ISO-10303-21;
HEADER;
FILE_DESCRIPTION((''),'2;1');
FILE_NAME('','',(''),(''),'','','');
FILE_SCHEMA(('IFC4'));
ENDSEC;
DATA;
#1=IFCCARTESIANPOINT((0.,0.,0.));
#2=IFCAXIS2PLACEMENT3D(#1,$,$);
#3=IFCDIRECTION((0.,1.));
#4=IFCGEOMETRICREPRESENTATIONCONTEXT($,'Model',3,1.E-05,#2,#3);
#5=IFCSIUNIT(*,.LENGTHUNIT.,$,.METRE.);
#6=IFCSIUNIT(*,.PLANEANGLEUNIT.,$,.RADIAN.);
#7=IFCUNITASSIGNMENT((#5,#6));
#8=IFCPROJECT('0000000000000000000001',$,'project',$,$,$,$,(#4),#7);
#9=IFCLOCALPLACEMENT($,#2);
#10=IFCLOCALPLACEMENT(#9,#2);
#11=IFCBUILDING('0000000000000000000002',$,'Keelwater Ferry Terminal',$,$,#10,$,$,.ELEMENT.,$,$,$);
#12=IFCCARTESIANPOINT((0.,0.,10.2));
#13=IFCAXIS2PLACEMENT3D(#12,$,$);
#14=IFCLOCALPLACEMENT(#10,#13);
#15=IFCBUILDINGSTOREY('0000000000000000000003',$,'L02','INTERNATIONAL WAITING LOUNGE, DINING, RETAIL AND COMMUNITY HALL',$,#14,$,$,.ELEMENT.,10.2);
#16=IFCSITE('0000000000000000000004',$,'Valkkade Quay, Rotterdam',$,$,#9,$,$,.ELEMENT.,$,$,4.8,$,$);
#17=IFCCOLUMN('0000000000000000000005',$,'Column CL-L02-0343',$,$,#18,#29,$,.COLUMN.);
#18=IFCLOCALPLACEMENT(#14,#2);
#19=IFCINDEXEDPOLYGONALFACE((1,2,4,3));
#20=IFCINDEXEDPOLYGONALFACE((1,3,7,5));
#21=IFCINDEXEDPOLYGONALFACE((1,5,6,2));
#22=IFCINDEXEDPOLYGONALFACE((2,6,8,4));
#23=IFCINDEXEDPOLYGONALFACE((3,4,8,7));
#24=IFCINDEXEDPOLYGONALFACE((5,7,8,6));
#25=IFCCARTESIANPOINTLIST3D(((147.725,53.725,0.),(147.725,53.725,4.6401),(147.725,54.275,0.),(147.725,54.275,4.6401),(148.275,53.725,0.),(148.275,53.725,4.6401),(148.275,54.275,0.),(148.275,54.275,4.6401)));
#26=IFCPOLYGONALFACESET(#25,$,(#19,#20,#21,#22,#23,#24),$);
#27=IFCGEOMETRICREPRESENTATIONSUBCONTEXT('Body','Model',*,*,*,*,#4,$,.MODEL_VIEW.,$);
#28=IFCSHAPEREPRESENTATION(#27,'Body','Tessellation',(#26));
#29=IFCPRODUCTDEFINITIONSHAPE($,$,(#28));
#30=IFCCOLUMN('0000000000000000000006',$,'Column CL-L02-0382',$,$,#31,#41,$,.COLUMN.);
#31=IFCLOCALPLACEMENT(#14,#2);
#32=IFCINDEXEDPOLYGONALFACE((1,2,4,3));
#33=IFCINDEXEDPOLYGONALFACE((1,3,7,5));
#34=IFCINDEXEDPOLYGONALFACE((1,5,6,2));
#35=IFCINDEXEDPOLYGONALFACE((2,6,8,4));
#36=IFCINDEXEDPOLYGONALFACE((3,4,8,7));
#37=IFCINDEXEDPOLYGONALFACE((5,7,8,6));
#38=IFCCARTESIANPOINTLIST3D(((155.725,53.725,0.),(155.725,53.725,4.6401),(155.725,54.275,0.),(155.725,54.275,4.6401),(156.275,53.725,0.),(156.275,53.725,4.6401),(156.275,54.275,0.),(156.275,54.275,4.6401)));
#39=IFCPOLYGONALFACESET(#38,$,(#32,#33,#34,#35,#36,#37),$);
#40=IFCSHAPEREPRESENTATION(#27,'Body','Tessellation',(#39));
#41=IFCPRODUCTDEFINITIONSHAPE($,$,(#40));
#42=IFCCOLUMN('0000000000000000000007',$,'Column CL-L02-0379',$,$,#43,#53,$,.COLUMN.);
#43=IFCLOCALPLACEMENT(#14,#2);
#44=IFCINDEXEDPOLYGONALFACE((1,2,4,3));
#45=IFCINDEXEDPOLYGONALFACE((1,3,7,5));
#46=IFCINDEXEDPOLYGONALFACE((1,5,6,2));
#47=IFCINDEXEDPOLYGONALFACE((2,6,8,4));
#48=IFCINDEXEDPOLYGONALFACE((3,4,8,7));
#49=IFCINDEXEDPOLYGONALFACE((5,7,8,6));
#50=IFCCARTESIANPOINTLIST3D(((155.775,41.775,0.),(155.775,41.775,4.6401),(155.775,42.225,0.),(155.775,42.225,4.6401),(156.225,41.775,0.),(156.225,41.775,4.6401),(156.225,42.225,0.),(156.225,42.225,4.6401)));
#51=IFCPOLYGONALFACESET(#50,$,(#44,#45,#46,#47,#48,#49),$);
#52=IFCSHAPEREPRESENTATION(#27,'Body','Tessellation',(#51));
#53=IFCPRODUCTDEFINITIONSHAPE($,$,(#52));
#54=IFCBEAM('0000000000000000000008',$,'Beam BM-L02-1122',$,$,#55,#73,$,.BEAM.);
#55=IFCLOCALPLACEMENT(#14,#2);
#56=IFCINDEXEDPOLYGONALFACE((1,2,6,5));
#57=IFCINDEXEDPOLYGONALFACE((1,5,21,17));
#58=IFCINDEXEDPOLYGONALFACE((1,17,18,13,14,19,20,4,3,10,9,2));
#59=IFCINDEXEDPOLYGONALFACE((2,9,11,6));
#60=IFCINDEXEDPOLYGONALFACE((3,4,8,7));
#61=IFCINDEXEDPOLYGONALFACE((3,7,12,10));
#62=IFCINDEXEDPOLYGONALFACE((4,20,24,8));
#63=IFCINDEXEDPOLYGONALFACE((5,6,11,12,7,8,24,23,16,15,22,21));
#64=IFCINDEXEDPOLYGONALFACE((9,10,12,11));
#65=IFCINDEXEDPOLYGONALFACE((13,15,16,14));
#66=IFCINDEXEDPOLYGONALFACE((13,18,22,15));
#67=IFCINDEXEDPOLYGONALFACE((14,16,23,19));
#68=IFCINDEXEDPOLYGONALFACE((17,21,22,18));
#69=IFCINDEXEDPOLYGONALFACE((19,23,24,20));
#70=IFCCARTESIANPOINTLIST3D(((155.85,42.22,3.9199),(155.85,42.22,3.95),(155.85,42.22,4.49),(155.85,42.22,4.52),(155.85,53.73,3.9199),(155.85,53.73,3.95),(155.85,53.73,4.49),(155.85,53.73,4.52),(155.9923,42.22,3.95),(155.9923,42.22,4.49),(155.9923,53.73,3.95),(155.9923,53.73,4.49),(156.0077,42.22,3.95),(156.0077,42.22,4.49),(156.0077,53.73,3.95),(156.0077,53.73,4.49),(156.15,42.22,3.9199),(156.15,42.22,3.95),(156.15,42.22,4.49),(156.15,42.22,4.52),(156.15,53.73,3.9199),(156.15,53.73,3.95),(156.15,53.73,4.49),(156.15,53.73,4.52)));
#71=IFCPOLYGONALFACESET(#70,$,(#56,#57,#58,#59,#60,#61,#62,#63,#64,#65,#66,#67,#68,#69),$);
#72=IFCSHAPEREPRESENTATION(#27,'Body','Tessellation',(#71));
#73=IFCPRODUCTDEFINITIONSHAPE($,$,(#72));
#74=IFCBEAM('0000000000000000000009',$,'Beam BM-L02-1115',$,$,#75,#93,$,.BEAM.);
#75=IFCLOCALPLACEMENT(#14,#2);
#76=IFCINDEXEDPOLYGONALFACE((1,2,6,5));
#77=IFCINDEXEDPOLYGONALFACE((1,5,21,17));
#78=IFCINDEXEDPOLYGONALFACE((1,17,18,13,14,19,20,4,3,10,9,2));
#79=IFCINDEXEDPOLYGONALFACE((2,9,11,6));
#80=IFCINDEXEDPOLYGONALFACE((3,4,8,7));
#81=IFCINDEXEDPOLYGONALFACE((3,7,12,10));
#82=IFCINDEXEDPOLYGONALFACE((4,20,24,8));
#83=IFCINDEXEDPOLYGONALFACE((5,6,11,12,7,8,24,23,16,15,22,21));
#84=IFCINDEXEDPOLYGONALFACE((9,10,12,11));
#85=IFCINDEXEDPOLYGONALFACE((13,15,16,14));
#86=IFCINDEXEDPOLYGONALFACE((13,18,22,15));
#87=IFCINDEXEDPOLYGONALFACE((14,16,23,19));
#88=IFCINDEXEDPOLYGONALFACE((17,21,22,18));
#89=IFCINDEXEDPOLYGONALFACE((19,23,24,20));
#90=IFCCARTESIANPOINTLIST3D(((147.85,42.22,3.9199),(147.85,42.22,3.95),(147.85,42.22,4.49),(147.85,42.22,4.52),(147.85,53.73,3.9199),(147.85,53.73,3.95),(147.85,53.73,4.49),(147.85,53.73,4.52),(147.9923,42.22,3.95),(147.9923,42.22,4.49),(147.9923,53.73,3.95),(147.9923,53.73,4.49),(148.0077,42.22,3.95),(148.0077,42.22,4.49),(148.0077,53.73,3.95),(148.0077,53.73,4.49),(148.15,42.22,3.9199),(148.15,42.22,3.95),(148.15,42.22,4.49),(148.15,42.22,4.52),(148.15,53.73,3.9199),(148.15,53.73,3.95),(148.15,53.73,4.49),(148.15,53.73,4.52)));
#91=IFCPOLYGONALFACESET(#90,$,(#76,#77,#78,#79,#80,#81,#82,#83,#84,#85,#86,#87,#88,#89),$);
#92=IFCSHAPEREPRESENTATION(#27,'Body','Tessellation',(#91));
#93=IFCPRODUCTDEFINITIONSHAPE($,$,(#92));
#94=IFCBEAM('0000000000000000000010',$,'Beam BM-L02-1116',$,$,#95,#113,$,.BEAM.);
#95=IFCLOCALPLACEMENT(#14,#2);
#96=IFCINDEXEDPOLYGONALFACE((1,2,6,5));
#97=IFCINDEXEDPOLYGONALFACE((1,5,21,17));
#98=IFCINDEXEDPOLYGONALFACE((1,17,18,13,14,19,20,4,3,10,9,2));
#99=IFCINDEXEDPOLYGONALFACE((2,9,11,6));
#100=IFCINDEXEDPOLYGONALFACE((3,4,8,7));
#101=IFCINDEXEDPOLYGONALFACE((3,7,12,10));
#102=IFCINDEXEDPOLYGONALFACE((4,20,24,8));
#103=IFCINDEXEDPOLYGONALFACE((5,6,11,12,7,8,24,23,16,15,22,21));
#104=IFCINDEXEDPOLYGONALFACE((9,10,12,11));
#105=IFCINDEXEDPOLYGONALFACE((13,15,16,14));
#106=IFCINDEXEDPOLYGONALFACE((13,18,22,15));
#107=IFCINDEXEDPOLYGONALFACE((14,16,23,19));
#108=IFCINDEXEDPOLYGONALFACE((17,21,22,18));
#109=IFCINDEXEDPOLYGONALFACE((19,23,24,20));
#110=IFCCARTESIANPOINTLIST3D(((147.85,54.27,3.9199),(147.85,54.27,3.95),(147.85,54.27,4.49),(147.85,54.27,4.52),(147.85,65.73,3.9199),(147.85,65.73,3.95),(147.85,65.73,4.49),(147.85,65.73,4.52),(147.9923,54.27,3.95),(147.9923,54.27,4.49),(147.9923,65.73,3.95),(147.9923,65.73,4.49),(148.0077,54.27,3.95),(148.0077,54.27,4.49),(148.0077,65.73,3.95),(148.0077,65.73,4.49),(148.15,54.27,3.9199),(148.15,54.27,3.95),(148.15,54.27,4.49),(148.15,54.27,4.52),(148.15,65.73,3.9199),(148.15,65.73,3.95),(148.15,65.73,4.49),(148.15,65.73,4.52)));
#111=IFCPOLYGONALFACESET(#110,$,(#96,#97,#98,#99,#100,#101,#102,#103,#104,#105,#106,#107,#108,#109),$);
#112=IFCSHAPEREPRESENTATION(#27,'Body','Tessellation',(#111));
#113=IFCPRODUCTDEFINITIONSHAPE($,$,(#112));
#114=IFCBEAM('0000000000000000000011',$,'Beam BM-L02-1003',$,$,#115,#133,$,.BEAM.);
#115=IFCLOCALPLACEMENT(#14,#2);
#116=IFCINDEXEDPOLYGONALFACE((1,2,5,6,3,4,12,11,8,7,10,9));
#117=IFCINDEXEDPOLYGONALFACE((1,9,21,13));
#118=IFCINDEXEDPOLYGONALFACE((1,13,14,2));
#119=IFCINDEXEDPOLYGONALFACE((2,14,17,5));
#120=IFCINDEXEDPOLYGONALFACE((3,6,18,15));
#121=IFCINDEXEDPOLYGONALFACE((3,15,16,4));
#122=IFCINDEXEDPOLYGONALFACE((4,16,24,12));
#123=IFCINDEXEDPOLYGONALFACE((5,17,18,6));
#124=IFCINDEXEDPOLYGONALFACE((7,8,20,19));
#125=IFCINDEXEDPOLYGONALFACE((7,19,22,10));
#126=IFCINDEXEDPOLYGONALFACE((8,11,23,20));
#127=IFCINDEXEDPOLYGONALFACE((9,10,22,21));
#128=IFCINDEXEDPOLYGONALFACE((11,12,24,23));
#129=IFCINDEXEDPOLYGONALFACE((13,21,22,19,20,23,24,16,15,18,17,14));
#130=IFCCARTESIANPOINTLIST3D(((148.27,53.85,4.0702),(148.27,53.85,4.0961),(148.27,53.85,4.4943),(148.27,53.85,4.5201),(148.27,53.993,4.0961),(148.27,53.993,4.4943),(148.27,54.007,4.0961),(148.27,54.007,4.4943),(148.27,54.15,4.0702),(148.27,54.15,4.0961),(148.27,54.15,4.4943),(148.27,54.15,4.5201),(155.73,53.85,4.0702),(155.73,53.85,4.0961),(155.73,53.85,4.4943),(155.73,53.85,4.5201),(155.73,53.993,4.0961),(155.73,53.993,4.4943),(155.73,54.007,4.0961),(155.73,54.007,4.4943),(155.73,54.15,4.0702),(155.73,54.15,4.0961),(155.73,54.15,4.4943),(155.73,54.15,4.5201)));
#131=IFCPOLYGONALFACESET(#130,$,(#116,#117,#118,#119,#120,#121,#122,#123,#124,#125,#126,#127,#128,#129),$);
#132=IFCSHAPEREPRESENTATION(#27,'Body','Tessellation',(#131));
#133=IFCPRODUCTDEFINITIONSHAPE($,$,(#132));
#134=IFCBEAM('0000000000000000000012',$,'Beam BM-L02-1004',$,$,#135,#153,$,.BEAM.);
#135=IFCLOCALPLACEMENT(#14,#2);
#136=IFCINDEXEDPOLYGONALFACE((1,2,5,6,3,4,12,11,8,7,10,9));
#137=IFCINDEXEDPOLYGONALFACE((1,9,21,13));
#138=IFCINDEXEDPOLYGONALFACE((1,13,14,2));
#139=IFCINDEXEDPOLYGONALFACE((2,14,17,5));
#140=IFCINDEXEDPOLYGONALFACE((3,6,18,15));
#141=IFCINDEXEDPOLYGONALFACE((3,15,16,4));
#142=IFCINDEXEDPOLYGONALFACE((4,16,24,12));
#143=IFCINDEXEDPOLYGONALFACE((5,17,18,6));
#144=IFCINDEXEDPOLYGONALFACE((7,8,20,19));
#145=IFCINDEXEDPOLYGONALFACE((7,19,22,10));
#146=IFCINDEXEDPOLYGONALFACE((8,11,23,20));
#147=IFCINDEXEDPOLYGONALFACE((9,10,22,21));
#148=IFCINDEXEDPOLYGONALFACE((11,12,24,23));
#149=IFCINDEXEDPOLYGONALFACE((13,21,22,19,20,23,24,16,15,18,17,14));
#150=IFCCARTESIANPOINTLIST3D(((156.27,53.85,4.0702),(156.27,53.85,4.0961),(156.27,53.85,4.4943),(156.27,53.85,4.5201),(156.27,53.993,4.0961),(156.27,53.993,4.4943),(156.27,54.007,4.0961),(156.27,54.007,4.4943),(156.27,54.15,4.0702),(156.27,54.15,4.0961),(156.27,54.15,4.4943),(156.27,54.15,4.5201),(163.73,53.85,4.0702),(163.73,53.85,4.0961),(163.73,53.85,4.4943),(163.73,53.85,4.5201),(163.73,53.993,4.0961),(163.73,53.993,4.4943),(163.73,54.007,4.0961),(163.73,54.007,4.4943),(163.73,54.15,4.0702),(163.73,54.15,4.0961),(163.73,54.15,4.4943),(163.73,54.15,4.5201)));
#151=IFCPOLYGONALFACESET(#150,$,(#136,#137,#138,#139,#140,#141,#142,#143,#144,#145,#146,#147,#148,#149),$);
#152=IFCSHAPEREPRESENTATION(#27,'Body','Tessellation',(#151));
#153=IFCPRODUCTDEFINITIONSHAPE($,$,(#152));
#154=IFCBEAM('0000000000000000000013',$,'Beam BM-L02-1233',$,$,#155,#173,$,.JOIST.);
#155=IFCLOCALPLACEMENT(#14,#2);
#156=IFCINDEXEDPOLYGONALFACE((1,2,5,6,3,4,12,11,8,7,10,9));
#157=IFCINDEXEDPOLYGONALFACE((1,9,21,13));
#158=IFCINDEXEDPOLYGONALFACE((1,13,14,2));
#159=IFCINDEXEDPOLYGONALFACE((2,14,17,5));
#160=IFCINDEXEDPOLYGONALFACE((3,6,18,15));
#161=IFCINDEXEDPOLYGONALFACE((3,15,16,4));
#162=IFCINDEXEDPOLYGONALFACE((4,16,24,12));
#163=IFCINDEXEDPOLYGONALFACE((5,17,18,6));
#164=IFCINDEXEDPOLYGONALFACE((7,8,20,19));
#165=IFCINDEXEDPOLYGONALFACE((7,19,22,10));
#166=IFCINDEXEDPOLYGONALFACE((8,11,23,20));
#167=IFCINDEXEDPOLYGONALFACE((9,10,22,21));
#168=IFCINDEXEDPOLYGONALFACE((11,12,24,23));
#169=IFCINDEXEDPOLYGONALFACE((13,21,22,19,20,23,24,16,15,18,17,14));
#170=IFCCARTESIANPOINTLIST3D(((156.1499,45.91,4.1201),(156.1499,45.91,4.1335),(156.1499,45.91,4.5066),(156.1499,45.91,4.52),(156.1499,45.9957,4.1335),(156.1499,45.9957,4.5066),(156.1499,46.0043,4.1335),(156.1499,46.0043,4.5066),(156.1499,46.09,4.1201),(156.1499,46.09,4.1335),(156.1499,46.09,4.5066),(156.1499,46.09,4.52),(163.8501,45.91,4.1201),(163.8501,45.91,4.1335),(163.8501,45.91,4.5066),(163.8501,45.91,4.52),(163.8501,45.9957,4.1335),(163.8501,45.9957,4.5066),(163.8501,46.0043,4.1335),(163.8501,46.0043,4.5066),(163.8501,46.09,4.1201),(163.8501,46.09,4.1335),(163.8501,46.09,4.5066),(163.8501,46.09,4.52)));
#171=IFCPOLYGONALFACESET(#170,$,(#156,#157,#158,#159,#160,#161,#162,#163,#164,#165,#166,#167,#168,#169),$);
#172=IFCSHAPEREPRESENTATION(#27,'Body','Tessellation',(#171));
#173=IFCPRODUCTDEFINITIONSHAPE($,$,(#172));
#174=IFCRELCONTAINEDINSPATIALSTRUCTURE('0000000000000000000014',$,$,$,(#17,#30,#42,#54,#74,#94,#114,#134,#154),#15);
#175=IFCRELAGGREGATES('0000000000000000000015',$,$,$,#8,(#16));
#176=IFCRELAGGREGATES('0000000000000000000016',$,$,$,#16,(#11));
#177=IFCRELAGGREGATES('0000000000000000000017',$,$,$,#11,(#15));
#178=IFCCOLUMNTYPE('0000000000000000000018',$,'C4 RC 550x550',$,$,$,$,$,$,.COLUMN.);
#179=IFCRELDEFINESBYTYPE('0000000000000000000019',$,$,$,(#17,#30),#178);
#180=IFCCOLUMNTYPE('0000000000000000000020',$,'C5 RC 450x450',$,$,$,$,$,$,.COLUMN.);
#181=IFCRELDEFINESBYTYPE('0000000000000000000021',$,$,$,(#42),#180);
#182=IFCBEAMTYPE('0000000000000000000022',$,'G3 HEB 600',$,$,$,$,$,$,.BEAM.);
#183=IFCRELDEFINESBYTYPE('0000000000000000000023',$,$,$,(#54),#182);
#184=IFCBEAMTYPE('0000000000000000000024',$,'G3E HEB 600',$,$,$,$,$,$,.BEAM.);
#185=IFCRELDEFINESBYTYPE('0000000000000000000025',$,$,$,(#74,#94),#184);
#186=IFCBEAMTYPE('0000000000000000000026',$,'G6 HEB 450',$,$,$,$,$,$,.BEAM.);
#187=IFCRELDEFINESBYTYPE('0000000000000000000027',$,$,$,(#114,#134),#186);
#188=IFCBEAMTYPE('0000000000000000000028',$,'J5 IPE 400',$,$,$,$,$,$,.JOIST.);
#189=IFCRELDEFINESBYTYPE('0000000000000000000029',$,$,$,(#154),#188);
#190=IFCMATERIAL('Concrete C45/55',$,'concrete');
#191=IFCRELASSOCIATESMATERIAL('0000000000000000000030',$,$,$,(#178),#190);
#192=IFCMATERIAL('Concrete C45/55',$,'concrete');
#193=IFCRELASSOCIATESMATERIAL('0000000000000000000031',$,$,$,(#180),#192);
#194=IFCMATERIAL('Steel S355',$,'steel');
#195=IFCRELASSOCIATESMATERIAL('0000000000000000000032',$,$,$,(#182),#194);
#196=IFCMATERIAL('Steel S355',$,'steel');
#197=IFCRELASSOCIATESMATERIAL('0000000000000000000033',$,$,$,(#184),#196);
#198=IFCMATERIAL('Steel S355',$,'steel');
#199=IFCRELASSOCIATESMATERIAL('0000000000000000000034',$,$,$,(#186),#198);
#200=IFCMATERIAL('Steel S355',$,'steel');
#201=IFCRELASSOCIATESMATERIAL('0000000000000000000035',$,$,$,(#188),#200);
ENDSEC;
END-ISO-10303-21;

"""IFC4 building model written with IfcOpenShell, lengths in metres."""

from ifc_helpers import new_model, si_unit, direction, frame, origin, origin_2d, place, context, subcontext, project, spatial, rectangle, i_section, extrude, material, material_profile, profile_set, type_object, element, save


model = new_model("IFC4")

# Units and contexts
model_context = context("Model", 3, precision=1e-05, world=origin(), true_north=direction((0.0, 1.0)))
body_context = subcontext(model_context, "Body", "Model", "MODEL_VIEW")
ifc_project = project(units=[si_unit("LENGTHUNIT", "METRE"), si_unit("PLANEANGLEUNIT", "RADIAN")], contexts=[model_context])

# Site, building, storey
site_placement = place(None, origin())
site = spatial("IfcSite", under=ifc_project, at=site_placement, Name="Valkkade Quay, Rotterdam", CompositionType="ELEMENT", RefElevation=4.8)
building_placement = place(site_placement, origin())
building = spatial("IfcBuilding", under=site, at=building_placement, Name="Keelwater Ferry Terminal", CompositionType="ELEMENT")
storey_placement = place(building_placement, frame((0.0, 0.0, 10.2)))
storey = spatial("IfcBuildingStorey", under=building, at=storey_placement, Name="L02", Description="INTERNATIONAL WAITING LOUNGE, DINING, RETAIL AND COMMUNITY HALL", CompositionType="ELEMENT", Elevation=10.2)

# Columns
ifc_material_1 = material(Name="Concrete C45/55", Category="concrete")
ifc_material_profile_1 = material_profile(ifc_material_1, rectangle(XDim=0.55, YDim=0.55, at=origin_2d()), Name="RC 550x550")
ifc_profile_set_1 = profile_set([ifc_material_profile_1], Name="Concrete C45/55")
column_type_1 = type_object("IfcColumnType", Name="C4 RC 550x550", PredefinedType="COLUMN", material=ifc_profile_set_1)
for number, where, z_axis, x_axis, name in (
    (1, (148.0, 54.0, 0.0), (0.0, 0.0, 1.0), (1.0, 0.0, 0.0), "Column CL-L02-0343"),
    (2, (156.0, 54.0, 0.0), (0.0, 0.0, 1.0), (1.0, 0.0, 0.0), "Column CL-L02-0382"),
):
    element("IfcColumn", number, at=place(storey_placement, frame(where, z_axis=z_axis, x_axis=x_axis)), inside=storey, type_object=column_type_1, Name=name, PredefinedType="COLUMN", context=body_context, shape_type="SweptSolid", body=[
        extrude(rectangle(XDim=0.55, YDim=0.55, at=origin_2d()), origin(), (0.0, 0.0, 1.0), 4.6401),
    ])
ifc_material_2 = material(Name="Concrete C45/55", Category="concrete")
ifc_material_profile_2 = material_profile(ifc_material_2, rectangle(XDim=0.45, YDim=0.45, at=origin_2d()), Name="RC 450x450")
ifc_profile_set_2 = profile_set([ifc_material_profile_2], Name="Concrete C45/55")
column_type_2 = type_object("IfcColumnType", Name="C5 RC 450x450", PredefinedType="COLUMN", material=ifc_profile_set_2)
column_placement = place(storey_placement, frame((156.0, 42.0, 0.0), z_axis=(0.0, 0.0, 1.0), x_axis=(1.0, 0.0, 0.0)))
element("IfcColumn", 3, at=column_placement, inside=storey, type_object=column_type_2, Name="Column CL-L02-0379", PredefinedType="COLUMN", context=body_context, shape_type="SweptSolid", body=[
    extrude(rectangle(XDim=0.45, YDim=0.45, at=origin_2d()), origin(), (0.0, 0.0, 1.0), 4.6401),
])

# Beams
ifc_material_3 = material(Name="Steel S355", Category="steel")
ifc_material_profile_3 = material_profile(ifc_material_3, i_section(OverallWidth=0.3, OverallDepth=0.6001, WebThickness=0.0154, FlangeThickness=0.03, at=origin_2d()), Name="HEB 600")
ifc_profile_set_3 = profile_set([ifc_material_profile_3], Name="Steel S355")
beam_type_1 = type_object("IfcBeamType", Name="G3 HEB 600", PredefinedType="BEAM", material=ifc_profile_set_3)
beam_1_placement = place(storey_placement, frame((156.0, 42.22, 4.22), z_axis=(0.0, 1.0, 0.0), x_axis=(-1.0, 0.0, 0.0)))
element("IfcBeam", 4, at=beam_1_placement, inside=storey, type_object=beam_type_1, Name="Beam BM-L02-1122", PredefinedType="BEAM", context=body_context, shape_type="SweptSolid", body=[
    extrude(i_section(OverallWidth=0.3, OverallDepth=0.6001, WebThickness=0.0154, FlangeThickness=0.03, at=origin_2d()), origin(), (0.0, 0.0, 1.0), 11.51),
])
ifc_material_4 = material(Name="Steel S355", Category="steel")
ifc_material_profile_4 = material_profile(ifc_material_4, i_section(OverallWidth=0.3, OverallDepth=0.6001, WebThickness=0.0154, FlangeThickness=0.03, at=origin_2d()), Name="HEB 600")
ifc_profile_set_4 = profile_set([ifc_material_profile_4], Name="Steel S355")
beam_type_2 = type_object("IfcBeamType", Name="G3E HEB 600", PredefinedType="BEAM", material=ifc_profile_set_4)
beam_2_placement = place(storey_placement, frame((148.0, 42.22, 4.22), z_axis=(0.0, 1.0, 0.0), x_axis=(-1.0, 0.0, 0.0)))
element("IfcBeam", 5, at=beam_2_placement, inside=storey, type_object=beam_type_2, Name="Beam BM-L02-1115", PredefinedType="BEAM", context=body_context, shape_type="SweptSolid", body=[
    extrude(i_section(OverallWidth=0.3, OverallDepth=0.6001, WebThickness=0.0154, FlangeThickness=0.03, at=origin_2d()), origin(), (0.0, 0.0, 1.0), 11.51),
])
beam_3_placement = place(storey_placement, frame((148.0, 54.27, 4.22), z_axis=(0.0, 1.0, 0.0), x_axis=(-1.0, 0.0, 0.0)))
element("IfcBeam", 6, at=beam_3_placement, inside=storey, type_object=beam_type_2, Name="Beam BM-L02-1116", PredefinedType="BEAM", context=body_context, shape_type="SweptSolid", body=[
    extrude(i_section(OverallWidth=0.3, OverallDepth=0.6001, WebThickness=0.0154, FlangeThickness=0.03, at=origin_2d()), origin(), (0.0, 0.0, 1.0), 11.46),
])
ifc_material_5 = material(Name="Steel S355", Category="steel")
ifc_material_profile_5 = material_profile(ifc_material_5, i_section(OverallWidth=0.3, OverallDepth=0.45, WebThickness=0.0139, FlangeThickness=0.0259, at=origin_2d()), Name="HEB 450")
ifc_profile_set_5 = profile_set([ifc_material_profile_5], Name="Steel S355")
beam_type_3 = type_object("IfcBeamType", Name="G6 HEB 450", PredefinedType="BEAM", material=ifc_profile_set_5)
for number, where, z_axis, x_axis, name in (
    (7, (148.27, 54.0, 4.2952), (1.0, 0.0, 0.0), (0.0, 1.0, 0.0), "Beam BM-L02-1003"),
    (8, (156.27, 54.0, 4.2952), (1.0, 0.0, 0.0), (0.0, 1.0, 0.0), "Beam BM-L02-1004"),
):
    element("IfcBeam", number, at=place(storey_placement, frame(where, z_axis=z_axis, x_axis=x_axis)), inside=storey, type_object=beam_type_3, Name=name, PredefinedType="BEAM", context=body_context, shape_type="SweptSolid", body=[
        extrude(i_section(OverallWidth=0.3, OverallDepth=0.45, WebThickness=0.0139, FlangeThickness=0.0259, at=origin_2d()), origin(), (0.0, 0.0, 1.0), 7.46),
    ])
ifc_material_6 = material(Name="Steel S355", Category="steel")
ifc_material_profile_6 = material_profile(ifc_material_6, i_section(OverallWidth=0.1799, OverallDepth=0.3999, WebThickness=0.0085, FlangeThickness=0.0134, at=origin_2d()), Name="IPE 400")
ifc_profile_set_6 = profile_set([ifc_material_profile_6], Name="Steel S355")
beam_type_4 = type_object("IfcBeamType", Name="J5 IPE 400", PredefinedType="JOIST", material=ifc_profile_set_6)
for number, where, z_axis, x_axis, name in (
    (9, (156.1499, 46.0, 4.3201), (1.0, 0.0, 0.0), (0.0, 1.0, 0.0), "Beam BM-L02-1233"),
):
    element("IfcBeam", number, at=place(storey_placement, frame(where, z_axis=z_axis, x_axis=x_axis)), inside=storey, type_object=beam_type_4, Name=name, PredefinedType="JOIST", context=body_context, shape_type="SweptSolid", body=[
        extrude(i_section(OverallWidth=0.1799, OverallDepth=0.3999, WebThickness=0.0085, FlangeThickness=0.0134, at=origin_2d()), origin(), (0.0, 0.0, 1.0), 7.7002),
    ])

save(model, "model.ifc")
